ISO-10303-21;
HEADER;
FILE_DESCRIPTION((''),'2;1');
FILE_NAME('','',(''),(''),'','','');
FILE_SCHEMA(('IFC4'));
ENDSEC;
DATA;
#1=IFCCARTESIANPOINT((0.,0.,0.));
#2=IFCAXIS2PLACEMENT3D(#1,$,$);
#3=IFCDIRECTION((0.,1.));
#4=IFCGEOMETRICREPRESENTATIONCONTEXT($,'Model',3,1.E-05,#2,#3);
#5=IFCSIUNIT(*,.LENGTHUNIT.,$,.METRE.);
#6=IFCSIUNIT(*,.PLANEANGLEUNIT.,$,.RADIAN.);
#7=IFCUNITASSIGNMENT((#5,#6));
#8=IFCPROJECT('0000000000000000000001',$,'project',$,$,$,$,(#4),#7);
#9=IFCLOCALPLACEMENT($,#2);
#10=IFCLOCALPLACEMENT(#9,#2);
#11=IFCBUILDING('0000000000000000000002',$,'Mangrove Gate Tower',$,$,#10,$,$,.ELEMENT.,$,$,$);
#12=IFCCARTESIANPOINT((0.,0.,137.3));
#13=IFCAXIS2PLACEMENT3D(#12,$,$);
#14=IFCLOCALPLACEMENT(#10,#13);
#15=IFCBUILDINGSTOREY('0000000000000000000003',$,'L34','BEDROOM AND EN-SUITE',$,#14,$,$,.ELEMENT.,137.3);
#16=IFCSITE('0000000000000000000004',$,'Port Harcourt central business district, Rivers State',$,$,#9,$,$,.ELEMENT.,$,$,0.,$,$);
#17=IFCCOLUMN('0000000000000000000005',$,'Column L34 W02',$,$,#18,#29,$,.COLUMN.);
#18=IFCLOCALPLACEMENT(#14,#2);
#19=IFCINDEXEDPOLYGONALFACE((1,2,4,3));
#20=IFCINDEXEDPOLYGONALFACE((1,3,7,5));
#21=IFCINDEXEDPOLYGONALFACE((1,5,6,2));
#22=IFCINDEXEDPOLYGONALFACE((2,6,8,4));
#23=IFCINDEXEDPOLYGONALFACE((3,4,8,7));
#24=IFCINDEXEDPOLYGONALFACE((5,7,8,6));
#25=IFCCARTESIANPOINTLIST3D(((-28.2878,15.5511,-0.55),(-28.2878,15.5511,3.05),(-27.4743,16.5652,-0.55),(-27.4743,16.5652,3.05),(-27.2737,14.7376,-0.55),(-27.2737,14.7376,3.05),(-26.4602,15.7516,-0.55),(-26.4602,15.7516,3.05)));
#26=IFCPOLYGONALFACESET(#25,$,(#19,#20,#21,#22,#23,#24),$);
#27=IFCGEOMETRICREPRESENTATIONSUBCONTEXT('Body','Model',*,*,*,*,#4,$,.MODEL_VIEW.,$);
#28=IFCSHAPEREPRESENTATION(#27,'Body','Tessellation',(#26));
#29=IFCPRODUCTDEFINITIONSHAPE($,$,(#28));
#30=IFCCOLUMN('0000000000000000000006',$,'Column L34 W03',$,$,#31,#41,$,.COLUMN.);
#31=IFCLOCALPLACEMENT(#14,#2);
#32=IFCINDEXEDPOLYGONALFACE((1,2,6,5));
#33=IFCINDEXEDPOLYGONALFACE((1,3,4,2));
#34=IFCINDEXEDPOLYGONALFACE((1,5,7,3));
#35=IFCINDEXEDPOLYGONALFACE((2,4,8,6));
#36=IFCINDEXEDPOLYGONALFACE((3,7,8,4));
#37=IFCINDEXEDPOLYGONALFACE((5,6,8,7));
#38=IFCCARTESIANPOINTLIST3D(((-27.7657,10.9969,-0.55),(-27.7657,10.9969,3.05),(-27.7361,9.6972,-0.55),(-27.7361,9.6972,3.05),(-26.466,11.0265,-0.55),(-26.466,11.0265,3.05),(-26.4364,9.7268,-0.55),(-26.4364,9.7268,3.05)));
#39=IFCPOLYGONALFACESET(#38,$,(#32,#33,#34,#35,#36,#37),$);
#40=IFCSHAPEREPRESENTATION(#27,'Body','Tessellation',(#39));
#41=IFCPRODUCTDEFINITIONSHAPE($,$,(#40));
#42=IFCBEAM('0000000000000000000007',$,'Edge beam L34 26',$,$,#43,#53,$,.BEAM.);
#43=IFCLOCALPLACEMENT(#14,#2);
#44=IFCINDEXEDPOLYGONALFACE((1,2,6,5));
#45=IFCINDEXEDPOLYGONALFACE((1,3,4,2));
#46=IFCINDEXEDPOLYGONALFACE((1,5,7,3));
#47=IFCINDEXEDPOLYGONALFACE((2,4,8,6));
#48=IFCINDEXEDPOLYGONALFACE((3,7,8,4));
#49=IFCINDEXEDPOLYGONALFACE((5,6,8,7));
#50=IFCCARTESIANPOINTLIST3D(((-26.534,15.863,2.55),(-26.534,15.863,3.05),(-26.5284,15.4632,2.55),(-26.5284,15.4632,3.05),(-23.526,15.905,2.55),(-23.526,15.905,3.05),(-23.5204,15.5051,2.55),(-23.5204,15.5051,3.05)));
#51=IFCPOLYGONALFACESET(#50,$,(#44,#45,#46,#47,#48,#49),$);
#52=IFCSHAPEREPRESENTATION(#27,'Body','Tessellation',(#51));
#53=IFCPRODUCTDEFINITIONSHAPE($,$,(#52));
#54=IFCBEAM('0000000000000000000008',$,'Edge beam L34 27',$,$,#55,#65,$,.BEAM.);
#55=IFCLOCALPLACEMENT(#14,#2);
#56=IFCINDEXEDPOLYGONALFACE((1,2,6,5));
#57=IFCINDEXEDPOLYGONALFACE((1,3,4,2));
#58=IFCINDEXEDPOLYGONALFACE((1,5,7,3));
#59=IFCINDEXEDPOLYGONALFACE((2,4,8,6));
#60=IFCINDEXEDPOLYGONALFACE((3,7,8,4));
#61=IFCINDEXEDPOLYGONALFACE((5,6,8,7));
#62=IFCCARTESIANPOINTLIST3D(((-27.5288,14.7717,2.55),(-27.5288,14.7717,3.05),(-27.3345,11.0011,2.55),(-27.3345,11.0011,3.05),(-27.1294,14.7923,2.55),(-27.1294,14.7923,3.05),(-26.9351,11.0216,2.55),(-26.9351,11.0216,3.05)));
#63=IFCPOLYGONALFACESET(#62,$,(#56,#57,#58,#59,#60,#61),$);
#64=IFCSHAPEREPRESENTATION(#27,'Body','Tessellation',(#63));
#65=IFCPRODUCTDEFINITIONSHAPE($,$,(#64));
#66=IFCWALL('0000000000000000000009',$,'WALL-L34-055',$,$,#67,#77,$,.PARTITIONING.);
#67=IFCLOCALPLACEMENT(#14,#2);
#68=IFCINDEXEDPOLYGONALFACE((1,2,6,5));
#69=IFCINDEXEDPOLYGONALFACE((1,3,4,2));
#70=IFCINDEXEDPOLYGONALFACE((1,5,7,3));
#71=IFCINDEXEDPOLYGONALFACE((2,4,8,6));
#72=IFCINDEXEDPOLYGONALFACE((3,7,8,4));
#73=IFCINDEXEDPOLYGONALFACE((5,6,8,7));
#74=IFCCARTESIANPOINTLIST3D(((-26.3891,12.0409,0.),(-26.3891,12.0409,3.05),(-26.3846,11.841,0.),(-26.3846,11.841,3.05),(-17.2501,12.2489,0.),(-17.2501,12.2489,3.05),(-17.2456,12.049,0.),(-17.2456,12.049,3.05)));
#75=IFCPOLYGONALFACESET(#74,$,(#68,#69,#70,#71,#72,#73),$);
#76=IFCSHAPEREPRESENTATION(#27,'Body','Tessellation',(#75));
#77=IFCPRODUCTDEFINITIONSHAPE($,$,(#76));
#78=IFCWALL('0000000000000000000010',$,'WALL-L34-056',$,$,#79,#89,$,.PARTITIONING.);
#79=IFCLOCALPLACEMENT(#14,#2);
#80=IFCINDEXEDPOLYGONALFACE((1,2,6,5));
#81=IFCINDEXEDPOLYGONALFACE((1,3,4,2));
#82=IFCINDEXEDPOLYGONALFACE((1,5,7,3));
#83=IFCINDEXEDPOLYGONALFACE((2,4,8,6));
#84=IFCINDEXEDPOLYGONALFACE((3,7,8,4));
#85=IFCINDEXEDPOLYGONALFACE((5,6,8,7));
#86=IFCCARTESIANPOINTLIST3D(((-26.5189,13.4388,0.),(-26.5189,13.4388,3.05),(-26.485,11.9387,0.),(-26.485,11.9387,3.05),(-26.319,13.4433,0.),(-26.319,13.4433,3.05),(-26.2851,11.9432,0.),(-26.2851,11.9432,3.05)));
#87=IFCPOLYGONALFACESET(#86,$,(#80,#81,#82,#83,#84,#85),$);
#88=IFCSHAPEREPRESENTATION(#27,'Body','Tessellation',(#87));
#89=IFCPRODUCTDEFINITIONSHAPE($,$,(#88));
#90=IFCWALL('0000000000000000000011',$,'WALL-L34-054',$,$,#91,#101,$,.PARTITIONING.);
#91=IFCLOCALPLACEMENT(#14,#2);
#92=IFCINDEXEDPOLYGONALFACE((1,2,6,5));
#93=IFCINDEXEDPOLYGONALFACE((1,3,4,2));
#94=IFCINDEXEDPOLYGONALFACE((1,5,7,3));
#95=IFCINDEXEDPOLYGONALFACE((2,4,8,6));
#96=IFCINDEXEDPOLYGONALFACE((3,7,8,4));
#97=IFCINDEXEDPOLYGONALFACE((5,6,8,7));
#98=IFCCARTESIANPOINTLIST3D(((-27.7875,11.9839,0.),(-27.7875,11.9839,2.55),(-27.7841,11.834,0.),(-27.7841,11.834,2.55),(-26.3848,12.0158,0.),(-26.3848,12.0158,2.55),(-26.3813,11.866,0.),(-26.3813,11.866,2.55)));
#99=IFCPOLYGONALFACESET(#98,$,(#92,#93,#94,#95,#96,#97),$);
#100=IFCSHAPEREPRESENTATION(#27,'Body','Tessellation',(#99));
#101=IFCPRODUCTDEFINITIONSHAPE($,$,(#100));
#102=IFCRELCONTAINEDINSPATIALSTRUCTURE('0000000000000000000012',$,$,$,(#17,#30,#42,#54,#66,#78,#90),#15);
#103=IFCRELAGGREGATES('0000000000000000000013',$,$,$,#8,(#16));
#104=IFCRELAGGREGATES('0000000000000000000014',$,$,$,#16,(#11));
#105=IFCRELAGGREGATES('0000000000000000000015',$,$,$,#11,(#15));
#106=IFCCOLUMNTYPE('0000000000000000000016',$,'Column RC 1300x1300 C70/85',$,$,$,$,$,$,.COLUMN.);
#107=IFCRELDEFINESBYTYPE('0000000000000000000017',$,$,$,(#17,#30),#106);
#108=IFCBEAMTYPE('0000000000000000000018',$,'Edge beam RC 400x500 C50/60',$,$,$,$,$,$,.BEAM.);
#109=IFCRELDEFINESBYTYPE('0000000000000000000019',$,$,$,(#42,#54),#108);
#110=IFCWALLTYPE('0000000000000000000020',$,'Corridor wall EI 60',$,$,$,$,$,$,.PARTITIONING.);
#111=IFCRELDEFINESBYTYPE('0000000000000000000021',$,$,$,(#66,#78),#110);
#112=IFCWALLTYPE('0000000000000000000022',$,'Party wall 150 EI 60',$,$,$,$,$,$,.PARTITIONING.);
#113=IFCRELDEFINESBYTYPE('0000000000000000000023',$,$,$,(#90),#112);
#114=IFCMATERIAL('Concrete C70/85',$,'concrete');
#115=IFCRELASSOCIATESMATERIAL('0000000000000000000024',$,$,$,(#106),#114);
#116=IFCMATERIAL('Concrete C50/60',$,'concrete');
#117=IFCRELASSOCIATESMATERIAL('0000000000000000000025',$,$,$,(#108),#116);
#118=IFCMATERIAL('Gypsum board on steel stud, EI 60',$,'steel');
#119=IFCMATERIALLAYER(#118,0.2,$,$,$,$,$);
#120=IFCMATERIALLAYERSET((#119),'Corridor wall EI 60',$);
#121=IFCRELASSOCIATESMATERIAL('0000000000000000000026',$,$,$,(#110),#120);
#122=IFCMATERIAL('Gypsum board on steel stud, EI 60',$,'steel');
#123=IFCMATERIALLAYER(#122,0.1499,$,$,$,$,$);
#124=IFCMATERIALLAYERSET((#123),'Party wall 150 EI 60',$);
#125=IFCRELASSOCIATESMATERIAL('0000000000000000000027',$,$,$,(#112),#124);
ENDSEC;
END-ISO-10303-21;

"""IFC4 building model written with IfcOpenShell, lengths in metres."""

from ifc_helpers import new_model, si_unit, direction, frame, frame_2d, origin, origin_2d, place, context, subcontext, project, spatial, rectangle, extrude, material, layer, layer_set, material_profile, profile_set, type_object, element, save


model = new_model("IFC4")

# Units and contexts
model_context = context("Model", 3, precision=1e-05, world=origin(), true_north=direction((0.0, 1.0)))
body_context = subcontext(model_context, "Body", "Model", "MODEL_VIEW")
ifc_project = project(units=[si_unit("LENGTHUNIT", "METRE"), si_unit("PLANEANGLEUNIT", "RADIAN")], contexts=[model_context])

# Site, building, storey
site_placement = place(None, origin())
site = spatial("IfcSite", under=ifc_project, at=site_placement, Name="Port Harcourt central business district, Rivers State", CompositionType="ELEMENT", RefElevation=0.0)
building_placement = place(site_placement, origin())
building = spatial("IfcBuilding", under=site, at=building_placement, Name="Mangrove Gate Tower", CompositionType="ELEMENT")
storey_placement = place(building_placement, frame((0.0, 0.0, 137.3)))
storey = spatial("IfcBuildingStorey", under=building, at=storey_placement, Name="L34", Description="BEDROOM AND EN-SUITE", CompositionType="ELEMENT", Elevation=137.3)

# Columns
ifc_material_1 = material(Name="Concrete C70/85", Category="concrete")
ifc_material_profile_1 = material_profile(ifc_material_1, rectangle(XDim=1.3, YDim=1.3, at=origin_2d()))
ifc_profile_set_1 = profile_set([ifc_material_profile_1], Name="Concrete C70/85")
column_type = type_object("IfcColumnType", Name="Column RC 1300x1300 C70/85", PredefinedType="COLUMN", material=ifc_profile_set_1)
for number, where, z_axis, x_axis, name in (
    (1, (-27.374, 15.6514, -0.55), (0.0, 0.0, 1.0), (-0.625757, -0.780018, 0.0), "Column L34 W02"),
    (2, (-27.1011, 10.3618, -0.55), (0.0, 0.0, 1.0), (0.022759, -0.999741, 0.0), "Column L34 W03"),
):
    element("IfcColumn", number, at=place(storey_placement, frame(where, z_axis=z_axis, x_axis=x_axis)), inside=storey, type_object=column_type, Name=name, PredefinedType="COLUMN", context=body_context, shape_type="SweptSolid", body=[
        extrude(rectangle(XDim=1.3, YDim=1.3, at=origin_2d()), origin(), (0.0, 0.0, 1.0), 3.6001),
    ])

# Beams
ifc_material_2 = material(Name="Concrete C50/60", Category="concrete")
ifc_material_profile_2 = material_profile(ifc_material_2, rectangle(XDim=0.3999, YDim=0.5, at=origin_2d()))
ifc_profile_set_2 = profile_set([ifc_material_profile_2], Name="Concrete C50/60")
beam_type = type_object("IfcBeamType", Name="Edge beam RC 400x500 C50/60", PredefinedType="BEAM", material=ifc_profile_set_2)
beam_1_placement = place(storey_placement, frame((-23.5232, 15.7051, 2.8), z_axis=(-0.999903, -0.013959, 0.0), x_axis=(0.013959, -0.999903, 0.0)))
element("IfcBeam", 3, at=beam_1_placement, inside=storey, type_object=beam_type, Name="Edge beam L34 26", PredefinedType="BEAM", context=body_context, shape_type="SweptSolid", body=[
    extrude(rectangle(XDim=0.3999, YDim=0.5, at=origin_2d()), origin(), (0.0, 0.0, 1.0), 3.0083),
])
beam_2_placement = place(storey_placement, frame((-27.3291, 14.782, 2.8), z_axis=(0.051469, -0.998675, 0.0), x_axis=(0.998675, 0.051469, 0.0)))
element("IfcBeam", 4, at=beam_2_placement, inside=storey, type_object=beam_type, Name="Edge beam L34 27", PredefinedType="BEAM", context=body_context, shape_type="SweptSolid", body=[
    extrude(rectangle(XDim=0.3999, YDim=0.5, at=origin_2d()), origin(), (0.0, 0.0, 1.0), 3.7756),
])

# Walls
ifc_material_3 = material(Name="Gypsum board on steel stud, EI 60", Category="steel")
ifc_layer_1 = layer(ifc_material_3, 0.2)
ifc_layer_set_1 = layer_set([ifc_layer_1], Name="Corridor wall EI 60")
wall_type_1 = type_object("IfcWallType", Name="Corridor wall EI 60", PredefinedType="PARTITIONING", material=ifc_layer_set_1)
wall_1_placement = place(storey_placement, frame((-26.387, 11.9409, 0.0), z_axis=(0.0, 0.0, 1.0), x_axis=(0.999741, 0.022755, 0.0)))
element("IfcWall", 5, at=wall_1_placement, inside=storey, type_object=wall_type_1, Name="WALL-L34-055", PredefinedType="PARTITIONING", context=body_context, shape_type="SweptSolid", body=[
    extrude(rectangle(XDim=9.1414, YDim=0.2, at=frame_2d((4.5708, 0.0))), origin(), (0.0, 0.0, 1.0), 3.05),
])
wall_2_placement = place(storey_placement, frame((-26.385, 11.9409, 0.0), z_axis=(0.0, 0.0, 1.0), x_axis=(-0.022618, 0.999744, 0.0)))
element("IfcWall", 6, at=wall_2_placement, inside=storey, type_object=wall_type_1, Name="WALL-L34-056", PredefinedType="PARTITIONING", context=body_context, shape_type="SweptSolid", body=[
    extrude(rectangle(XDim=1.5005, YDim=0.2, at=frame_2d((0.7502, 0.0))), origin(), (0.0, 0.0, 1.0), 3.05),
])

# Wall
ifc_material_4 = material(Name="Gypsum board on steel stud, EI 60", Category="steel")
ifc_layer_2 = layer(ifc_material_4, 0.1499)
ifc_layer_set_2 = layer_set([ifc_layer_2], Name="Party wall 150 EI 60")
wall_type_2 = type_object("IfcWallType", Name="Party wall 150 EI 60", PredefinedType="PARTITIONING", material=ifc_layer_set_2)
wall_3_placement = place(storey_placement, frame((-27.7859, 11.9089, 0.0), z_axis=(0.0, 0.0, 1.0), x_axis=(0.99974, 0.022793, 0.0)))
element("IfcWall", 7, at=wall_3_placement, inside=storey, type_object=wall_type_2, Name="WALL-L34-054", PredefinedType="PARTITIONING", context=body_context, shape_type="SweptSolid", body=[
    extrude(rectangle(XDim=1.4031, YDim=0.1499, at=frame_2d((0.7017, 0.0))), origin(), (0.0, 0.0, 1.0), 2.55),
])

save(model, "model.ifc")
